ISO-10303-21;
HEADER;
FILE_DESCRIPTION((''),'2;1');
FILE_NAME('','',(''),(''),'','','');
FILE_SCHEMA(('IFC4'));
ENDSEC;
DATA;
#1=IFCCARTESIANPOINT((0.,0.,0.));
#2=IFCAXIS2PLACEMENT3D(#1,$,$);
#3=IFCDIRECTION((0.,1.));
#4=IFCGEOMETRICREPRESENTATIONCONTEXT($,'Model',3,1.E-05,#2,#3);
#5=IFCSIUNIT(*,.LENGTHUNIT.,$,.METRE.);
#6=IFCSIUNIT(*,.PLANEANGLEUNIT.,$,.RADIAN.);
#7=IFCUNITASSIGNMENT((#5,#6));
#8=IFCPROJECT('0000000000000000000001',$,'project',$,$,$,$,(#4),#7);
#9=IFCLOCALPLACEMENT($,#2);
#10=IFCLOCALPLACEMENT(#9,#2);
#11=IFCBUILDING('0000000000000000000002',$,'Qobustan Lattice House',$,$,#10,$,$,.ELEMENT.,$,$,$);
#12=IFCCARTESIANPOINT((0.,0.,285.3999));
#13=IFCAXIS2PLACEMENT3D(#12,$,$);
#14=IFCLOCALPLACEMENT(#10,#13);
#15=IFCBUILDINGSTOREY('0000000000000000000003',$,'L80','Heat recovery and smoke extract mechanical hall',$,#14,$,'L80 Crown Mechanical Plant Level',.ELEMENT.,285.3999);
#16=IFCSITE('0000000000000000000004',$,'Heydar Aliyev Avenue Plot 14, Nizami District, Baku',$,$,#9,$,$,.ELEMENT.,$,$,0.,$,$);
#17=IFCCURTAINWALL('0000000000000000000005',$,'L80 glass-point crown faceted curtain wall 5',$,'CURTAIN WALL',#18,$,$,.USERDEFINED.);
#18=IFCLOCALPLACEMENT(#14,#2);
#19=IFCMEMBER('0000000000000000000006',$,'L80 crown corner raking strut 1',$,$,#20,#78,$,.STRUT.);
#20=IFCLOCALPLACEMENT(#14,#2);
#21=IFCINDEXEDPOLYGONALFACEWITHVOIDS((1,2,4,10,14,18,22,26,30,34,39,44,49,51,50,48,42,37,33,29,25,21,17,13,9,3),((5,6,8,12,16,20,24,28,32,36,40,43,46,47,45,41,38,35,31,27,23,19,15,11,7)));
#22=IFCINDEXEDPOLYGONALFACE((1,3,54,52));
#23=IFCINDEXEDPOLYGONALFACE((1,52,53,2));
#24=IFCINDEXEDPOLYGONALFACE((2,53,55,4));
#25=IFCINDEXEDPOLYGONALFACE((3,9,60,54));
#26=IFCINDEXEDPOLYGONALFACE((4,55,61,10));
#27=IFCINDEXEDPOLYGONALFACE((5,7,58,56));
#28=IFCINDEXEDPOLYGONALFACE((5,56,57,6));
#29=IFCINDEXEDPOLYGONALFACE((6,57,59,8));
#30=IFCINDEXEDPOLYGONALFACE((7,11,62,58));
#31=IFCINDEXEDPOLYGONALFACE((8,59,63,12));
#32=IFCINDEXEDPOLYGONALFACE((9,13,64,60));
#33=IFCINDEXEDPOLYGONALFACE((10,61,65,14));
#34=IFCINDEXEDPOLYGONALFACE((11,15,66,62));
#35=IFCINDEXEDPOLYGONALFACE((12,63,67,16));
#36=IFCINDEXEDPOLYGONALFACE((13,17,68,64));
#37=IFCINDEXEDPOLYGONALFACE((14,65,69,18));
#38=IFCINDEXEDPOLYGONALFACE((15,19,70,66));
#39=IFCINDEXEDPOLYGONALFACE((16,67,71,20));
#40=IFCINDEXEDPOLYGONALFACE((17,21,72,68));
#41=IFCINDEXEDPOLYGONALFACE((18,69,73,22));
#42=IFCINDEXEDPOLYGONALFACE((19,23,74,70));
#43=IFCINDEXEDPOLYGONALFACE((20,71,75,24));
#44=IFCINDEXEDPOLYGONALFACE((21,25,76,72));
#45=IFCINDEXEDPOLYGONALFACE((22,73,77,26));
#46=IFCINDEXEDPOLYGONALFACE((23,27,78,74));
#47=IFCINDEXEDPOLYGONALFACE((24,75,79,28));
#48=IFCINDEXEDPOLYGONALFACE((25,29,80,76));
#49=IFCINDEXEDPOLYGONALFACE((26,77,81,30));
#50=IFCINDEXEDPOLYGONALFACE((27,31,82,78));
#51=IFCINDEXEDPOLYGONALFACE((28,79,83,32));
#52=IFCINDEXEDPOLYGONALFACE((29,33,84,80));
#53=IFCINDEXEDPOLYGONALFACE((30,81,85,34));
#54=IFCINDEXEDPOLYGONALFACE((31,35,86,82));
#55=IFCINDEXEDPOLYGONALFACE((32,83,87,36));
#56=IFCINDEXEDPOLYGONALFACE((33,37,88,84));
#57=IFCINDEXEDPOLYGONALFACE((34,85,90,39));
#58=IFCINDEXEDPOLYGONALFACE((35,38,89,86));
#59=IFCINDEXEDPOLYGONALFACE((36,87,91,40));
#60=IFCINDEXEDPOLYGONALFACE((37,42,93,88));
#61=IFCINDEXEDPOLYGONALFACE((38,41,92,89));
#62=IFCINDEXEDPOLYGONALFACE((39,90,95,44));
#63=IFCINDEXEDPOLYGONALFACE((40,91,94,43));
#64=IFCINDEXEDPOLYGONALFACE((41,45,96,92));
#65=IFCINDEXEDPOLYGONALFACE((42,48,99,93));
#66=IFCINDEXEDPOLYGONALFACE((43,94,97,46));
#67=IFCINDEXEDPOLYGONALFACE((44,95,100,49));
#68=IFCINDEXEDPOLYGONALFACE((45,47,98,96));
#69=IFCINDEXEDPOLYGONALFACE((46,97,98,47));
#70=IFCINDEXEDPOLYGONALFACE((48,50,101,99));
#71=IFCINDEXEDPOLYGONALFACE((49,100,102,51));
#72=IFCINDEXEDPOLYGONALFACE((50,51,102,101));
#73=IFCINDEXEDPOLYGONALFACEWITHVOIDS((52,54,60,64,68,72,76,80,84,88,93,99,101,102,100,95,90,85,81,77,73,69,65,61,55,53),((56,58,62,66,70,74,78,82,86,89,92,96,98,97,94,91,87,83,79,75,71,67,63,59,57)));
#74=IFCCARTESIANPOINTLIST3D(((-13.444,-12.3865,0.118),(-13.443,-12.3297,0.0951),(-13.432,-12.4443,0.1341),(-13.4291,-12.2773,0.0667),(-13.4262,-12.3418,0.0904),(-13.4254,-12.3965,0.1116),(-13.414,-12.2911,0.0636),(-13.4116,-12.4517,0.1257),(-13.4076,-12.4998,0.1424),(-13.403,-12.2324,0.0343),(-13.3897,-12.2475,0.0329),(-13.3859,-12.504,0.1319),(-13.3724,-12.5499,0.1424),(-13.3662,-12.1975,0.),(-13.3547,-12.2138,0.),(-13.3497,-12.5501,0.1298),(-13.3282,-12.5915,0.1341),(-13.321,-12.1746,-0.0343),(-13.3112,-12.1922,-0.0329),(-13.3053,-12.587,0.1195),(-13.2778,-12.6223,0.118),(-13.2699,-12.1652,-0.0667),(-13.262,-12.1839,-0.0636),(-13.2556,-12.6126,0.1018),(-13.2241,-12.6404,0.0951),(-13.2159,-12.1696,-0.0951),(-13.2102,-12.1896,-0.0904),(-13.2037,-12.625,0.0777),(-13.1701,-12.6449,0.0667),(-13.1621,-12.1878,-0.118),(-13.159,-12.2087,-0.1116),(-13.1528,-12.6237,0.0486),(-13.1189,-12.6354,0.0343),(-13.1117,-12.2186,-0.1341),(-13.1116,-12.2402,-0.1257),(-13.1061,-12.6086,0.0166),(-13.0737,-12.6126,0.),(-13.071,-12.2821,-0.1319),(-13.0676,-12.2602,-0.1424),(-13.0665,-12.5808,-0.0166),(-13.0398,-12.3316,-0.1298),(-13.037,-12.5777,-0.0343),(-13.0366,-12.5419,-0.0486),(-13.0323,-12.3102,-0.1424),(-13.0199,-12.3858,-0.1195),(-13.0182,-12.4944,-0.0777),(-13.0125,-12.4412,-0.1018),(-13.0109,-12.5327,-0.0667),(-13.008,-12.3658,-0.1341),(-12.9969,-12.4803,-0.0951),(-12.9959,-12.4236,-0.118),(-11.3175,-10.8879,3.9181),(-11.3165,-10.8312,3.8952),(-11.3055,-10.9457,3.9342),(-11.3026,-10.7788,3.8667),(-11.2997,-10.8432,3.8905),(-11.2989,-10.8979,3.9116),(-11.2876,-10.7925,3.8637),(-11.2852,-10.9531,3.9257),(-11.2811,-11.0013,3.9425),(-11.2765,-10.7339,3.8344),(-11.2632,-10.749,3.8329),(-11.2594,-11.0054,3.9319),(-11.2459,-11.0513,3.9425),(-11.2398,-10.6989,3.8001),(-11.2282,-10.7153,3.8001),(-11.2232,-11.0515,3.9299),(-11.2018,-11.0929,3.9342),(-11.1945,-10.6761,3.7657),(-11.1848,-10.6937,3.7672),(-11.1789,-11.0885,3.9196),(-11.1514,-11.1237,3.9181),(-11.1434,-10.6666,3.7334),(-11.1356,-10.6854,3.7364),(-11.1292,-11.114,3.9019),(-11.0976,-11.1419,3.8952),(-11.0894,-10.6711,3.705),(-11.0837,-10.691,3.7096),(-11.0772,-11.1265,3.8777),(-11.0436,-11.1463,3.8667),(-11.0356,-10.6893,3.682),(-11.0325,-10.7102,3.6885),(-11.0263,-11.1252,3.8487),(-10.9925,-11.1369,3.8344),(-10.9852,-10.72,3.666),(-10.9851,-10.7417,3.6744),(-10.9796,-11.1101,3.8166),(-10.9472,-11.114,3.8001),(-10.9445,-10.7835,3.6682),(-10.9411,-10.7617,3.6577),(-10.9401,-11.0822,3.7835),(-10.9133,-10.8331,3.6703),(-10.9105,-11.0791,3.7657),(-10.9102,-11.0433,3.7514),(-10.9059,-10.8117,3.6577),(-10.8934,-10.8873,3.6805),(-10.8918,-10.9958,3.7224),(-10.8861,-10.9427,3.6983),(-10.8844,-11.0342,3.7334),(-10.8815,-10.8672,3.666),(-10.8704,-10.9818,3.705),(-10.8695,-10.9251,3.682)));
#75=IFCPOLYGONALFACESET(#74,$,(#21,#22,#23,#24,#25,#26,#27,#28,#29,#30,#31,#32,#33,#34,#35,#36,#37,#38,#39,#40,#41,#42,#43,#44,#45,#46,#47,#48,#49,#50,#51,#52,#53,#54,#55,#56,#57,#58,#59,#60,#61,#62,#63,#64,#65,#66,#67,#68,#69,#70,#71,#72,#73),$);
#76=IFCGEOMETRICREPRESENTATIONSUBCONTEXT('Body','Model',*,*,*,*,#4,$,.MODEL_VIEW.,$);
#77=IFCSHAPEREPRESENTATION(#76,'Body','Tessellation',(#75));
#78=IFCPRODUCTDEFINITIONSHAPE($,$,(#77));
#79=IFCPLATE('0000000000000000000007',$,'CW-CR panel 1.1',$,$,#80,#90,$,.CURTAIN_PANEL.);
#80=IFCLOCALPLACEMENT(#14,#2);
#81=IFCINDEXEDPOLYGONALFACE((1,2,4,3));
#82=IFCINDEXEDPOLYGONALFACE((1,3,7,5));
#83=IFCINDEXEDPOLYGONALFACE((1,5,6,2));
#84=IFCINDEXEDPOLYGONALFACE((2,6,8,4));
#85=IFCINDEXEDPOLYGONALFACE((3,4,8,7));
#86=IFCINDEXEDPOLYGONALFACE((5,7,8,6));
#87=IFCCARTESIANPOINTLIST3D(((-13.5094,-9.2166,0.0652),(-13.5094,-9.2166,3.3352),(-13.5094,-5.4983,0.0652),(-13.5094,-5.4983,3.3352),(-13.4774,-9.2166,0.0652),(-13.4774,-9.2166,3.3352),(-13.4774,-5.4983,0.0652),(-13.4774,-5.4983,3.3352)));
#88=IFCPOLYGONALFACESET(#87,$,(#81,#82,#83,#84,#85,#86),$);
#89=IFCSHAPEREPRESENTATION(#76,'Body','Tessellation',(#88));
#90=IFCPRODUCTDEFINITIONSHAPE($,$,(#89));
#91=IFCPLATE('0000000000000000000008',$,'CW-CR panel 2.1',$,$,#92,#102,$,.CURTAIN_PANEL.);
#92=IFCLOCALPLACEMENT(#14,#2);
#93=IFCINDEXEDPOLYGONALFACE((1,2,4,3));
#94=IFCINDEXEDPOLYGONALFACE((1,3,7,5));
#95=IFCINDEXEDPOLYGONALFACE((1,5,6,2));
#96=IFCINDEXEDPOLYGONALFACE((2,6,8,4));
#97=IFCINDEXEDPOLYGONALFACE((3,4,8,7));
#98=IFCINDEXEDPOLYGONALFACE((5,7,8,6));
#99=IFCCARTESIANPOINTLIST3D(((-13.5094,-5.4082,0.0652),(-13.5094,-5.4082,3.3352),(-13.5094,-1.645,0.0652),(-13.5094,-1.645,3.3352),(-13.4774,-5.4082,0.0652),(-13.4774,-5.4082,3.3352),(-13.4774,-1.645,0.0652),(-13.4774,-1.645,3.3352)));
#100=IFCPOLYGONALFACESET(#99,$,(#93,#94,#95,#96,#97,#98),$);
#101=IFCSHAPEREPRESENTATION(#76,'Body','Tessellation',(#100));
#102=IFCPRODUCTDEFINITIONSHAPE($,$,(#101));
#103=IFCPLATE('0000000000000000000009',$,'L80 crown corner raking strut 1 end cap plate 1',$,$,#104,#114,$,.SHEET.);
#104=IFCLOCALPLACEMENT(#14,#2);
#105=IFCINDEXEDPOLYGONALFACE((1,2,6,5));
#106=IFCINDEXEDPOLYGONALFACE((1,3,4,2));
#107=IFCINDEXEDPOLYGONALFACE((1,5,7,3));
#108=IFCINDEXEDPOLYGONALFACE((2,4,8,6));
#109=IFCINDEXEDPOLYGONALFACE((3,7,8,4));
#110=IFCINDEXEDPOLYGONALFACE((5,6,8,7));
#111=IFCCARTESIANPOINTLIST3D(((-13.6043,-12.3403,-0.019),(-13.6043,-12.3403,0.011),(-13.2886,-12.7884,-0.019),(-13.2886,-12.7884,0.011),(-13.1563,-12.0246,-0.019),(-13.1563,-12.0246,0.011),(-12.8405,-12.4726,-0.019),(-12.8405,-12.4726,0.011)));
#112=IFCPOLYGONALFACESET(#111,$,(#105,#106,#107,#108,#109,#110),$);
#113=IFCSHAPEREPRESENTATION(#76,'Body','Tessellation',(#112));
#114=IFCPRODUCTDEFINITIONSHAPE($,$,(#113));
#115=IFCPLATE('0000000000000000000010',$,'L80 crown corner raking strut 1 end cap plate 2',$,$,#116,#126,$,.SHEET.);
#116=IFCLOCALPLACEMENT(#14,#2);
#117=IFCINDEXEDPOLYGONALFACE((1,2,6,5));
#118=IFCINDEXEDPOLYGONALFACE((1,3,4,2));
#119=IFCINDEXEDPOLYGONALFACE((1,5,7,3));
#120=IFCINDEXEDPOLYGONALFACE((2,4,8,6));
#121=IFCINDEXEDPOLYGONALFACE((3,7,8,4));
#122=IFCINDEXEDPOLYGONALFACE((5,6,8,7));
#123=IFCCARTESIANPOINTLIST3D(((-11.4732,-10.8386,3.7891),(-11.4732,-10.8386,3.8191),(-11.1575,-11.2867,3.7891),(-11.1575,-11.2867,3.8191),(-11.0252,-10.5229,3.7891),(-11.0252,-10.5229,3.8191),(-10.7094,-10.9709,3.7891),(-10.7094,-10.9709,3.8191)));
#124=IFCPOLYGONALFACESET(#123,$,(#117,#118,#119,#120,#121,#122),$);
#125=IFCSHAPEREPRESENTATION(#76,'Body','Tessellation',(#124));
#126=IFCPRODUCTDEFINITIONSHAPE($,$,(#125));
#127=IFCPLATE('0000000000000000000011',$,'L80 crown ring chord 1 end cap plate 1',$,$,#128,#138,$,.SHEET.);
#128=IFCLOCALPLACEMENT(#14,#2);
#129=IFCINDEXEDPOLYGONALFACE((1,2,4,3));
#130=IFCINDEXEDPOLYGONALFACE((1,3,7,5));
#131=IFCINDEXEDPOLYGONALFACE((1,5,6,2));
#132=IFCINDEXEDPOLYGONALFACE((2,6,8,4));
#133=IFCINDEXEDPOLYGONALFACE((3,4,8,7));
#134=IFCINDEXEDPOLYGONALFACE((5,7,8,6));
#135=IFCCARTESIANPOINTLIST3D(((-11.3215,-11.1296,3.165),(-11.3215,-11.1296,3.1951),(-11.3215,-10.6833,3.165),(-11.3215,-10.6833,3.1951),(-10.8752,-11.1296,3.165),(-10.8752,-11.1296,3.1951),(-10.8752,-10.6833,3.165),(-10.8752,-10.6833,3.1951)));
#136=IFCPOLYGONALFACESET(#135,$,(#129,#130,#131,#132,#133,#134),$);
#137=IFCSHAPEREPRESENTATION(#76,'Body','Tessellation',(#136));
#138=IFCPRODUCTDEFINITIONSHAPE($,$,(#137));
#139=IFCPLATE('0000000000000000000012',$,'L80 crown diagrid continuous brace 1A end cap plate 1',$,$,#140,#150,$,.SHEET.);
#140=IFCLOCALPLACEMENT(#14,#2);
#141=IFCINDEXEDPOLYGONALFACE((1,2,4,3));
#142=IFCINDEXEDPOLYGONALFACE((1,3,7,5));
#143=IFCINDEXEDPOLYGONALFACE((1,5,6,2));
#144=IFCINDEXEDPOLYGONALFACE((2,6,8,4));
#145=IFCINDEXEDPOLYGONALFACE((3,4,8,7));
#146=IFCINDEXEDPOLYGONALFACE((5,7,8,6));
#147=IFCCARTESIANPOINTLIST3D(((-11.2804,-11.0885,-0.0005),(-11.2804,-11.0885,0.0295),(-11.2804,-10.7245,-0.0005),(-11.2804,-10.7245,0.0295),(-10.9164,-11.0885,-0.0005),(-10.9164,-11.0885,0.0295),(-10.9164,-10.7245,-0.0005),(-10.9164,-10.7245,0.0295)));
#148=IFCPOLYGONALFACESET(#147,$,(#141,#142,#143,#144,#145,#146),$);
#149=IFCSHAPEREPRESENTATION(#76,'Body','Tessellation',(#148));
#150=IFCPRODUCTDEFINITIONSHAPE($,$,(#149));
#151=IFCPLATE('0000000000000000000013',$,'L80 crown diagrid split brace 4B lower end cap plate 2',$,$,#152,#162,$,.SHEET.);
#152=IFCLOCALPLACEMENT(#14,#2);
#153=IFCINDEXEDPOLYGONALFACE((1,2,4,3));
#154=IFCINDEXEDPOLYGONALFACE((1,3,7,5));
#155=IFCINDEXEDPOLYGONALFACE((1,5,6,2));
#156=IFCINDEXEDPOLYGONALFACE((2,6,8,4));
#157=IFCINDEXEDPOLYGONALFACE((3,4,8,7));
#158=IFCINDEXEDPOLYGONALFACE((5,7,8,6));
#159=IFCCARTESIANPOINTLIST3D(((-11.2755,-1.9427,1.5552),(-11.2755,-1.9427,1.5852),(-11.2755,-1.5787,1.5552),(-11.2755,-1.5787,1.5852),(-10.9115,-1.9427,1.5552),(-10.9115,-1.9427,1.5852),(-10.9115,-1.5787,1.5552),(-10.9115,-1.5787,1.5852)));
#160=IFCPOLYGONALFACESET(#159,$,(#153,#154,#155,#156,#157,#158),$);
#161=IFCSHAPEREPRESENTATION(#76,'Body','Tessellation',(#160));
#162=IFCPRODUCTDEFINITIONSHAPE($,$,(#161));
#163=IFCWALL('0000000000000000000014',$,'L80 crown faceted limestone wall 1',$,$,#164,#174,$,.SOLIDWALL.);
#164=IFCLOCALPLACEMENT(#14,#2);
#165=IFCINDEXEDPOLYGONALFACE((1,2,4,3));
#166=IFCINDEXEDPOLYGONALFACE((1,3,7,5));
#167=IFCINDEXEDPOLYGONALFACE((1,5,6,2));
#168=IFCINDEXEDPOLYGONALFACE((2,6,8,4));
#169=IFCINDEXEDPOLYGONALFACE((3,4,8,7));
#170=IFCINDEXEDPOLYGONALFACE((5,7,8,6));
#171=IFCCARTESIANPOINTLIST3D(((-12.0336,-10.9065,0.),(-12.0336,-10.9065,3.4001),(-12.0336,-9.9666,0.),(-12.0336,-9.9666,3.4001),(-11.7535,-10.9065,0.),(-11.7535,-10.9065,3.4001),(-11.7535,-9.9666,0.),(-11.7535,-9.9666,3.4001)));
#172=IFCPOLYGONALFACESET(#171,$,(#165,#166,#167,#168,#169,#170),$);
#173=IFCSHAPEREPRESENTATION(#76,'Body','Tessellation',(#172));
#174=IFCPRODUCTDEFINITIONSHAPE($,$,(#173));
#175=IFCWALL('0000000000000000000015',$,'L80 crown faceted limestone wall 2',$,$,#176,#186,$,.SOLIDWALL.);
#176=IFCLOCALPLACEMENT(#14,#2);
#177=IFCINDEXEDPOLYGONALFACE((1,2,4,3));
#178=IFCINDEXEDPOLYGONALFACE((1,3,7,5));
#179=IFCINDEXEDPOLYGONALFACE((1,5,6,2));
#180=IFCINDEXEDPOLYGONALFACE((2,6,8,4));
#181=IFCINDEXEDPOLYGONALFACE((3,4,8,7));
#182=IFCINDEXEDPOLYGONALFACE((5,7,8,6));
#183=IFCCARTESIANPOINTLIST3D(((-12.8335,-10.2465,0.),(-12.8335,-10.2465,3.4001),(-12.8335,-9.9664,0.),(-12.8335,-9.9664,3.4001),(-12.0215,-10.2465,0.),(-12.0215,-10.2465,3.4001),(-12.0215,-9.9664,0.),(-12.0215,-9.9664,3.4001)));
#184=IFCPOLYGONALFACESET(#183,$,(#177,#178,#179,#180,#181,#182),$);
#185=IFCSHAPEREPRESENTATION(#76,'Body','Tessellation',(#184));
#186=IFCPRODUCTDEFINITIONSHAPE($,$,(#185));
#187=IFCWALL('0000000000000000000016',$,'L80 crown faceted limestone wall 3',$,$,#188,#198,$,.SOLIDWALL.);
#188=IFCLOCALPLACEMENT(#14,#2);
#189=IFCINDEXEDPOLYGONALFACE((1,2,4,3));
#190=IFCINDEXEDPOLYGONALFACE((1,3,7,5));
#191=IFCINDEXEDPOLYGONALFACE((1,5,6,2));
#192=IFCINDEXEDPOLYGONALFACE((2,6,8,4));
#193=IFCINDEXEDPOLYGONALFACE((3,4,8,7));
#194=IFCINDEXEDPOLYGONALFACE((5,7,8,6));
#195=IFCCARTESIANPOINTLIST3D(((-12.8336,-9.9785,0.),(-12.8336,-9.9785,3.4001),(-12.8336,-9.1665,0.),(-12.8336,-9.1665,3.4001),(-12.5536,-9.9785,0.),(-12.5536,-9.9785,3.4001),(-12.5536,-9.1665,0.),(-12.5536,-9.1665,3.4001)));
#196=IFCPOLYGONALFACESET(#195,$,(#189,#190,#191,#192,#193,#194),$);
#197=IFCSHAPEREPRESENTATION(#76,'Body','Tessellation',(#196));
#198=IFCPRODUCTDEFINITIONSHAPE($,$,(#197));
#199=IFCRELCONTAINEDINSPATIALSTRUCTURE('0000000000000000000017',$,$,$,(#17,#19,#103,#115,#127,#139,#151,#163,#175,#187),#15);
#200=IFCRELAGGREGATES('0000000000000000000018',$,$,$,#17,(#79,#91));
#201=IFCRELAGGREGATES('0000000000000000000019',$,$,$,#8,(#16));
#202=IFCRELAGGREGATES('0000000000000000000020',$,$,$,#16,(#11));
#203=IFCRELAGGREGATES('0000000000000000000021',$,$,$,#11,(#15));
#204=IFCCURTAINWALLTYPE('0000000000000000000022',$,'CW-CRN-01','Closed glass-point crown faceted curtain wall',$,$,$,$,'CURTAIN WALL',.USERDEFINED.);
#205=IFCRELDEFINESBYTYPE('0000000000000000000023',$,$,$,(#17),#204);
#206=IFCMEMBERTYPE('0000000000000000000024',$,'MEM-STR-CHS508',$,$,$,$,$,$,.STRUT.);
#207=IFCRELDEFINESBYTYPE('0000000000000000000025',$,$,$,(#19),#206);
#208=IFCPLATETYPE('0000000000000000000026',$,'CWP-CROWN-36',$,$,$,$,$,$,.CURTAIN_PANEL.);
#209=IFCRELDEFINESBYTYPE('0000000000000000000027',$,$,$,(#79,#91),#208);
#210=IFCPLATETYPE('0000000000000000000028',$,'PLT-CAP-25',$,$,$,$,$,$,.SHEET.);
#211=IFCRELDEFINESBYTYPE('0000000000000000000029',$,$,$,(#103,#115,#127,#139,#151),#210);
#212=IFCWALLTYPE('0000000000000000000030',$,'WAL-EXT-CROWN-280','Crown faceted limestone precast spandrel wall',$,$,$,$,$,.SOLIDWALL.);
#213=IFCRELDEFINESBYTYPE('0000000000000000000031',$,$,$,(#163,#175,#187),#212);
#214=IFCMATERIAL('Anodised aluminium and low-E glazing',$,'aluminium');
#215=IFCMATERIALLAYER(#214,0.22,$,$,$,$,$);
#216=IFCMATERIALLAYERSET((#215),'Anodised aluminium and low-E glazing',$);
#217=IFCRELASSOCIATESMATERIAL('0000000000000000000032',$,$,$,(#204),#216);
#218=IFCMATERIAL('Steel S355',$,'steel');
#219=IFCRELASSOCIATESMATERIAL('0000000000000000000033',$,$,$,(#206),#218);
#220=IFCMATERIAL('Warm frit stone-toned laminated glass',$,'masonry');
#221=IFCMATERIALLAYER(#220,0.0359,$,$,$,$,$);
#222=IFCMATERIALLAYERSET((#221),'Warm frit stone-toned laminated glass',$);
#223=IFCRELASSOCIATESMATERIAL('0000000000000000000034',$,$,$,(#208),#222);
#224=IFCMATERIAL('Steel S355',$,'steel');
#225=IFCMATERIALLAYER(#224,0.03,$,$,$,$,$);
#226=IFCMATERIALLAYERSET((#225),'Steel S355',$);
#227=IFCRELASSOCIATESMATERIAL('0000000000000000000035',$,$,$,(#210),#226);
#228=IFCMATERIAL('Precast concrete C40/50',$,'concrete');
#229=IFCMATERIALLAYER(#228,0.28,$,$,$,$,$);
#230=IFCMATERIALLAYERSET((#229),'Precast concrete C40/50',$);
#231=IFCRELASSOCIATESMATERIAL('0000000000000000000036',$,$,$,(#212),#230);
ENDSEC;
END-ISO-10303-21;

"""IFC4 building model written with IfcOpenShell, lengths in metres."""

from ifc_helpers import new_model, si_unit, direction, frame, frame_2d, origin, origin_2d, place, context, subcontext, project, spatial, rectangle, hollow_circle, extrude, material, layer, layer_set, material_profile, profile_set, type_object, element, aggregate, save


model = new_model("IFC4")

# Units and contexts
model_context = context("Model", 3, precision=1e-05, world=origin(), true_north=direction((0.0, 1.0)))
body_context = subcontext(model_context, "Body", "Model", "MODEL_VIEW")
ifc_project = project(units=[si_unit("LENGTHUNIT", "METRE"), si_unit("PLANEANGLEUNIT", "RADIAN")], contexts=[model_context])

# Site, building, storey
site_placement = place(None, origin())
site = spatial("IfcSite", under=ifc_project, at=site_placement, Name="Heydar Aliyev Avenue Plot 14, Nizami District, Baku", CompositionType="ELEMENT", RefElevation=0.0)
building_placement = place(site_placement, origin())
building = spatial("IfcBuilding", under=site, at=building_placement, Name="Qobustan Lattice House", CompositionType="ELEMENT")
storey_placement = place(building_placement, frame((0.0, 0.0, 285.3999)))
storey = spatial("IfcBuildingStorey", under=building, at=storey_placement, Name="L80", Description="Heat recovery and smoke extract mechanical hall", LongName="L80 Crown Mechanical Plant Level", CompositionType="ELEMENT", Elevation=285.3999)

# Curtain wall
ifc_material_1 = material(Name="Anodised aluminium and low-E glazing", Category="aluminium")
ifc_layer_1 = layer(ifc_material_1, 0.22)
ifc_layer_set_1 = layer_set([ifc_layer_1], Name="Anodised aluminium and low-E glazing")
curtain_wall_type = type_object("IfcCurtainWallType", Name="CW-CRN-01", Description="Closed glass-point crown faceted curtain wall", ElementType="CURTAIN WALL", PredefinedType="USERDEFINED", material=ifc_layer_set_1)
curtain_wall_1_placement = place(storey_placement, origin())
curtain_wall_1 = element("IfcCurtainWall", 1, at=curtain_wall_1_placement, inside=storey, type_object=curtain_wall_type, Name="L80 glass-point crown faceted curtain wall 5", ObjectType="CURTAIN WALL", PredefinedType="USERDEFINED")

# Member
ifc_material_2 = material(Name="Steel S355", Category="steel")
ifc_material_profile_1 = material_profile(ifc_material_2, hollow_circle(Radius=0.2539, WallThickness=0.02, at=origin_2d()), Name="CHS508x20")
ifc_profile_set_1 = profile_set([ifc_material_profile_1], Name="Steel S355")
member_type_1 = type_object("IfcMemberType", Name="MEM-STR-CHS508", PredefinedType="STRUT", material=ifc_profile_set_1)
member_1_placement = place(storey_placement, frame((-13.22, -12.405, 0.0), z_axis=(0.461753, 0.325401, 0.825165), x_axis=(-0.576042, 0.81742, 0.0)))
element("IfcMember", 2, at=member_1_placement, inside=storey, type_object=member_type_1, Name="L80 crown corner raking strut 1", PredefinedType="STRUT", context=body_context, shape_type="SweptSolid", body=[
    extrude(hollow_circle(Radius=0.2539, WallThickness=0.02, at=origin_2d()), origin(), (0.0, 0.0, 1.0), 4.6052),
])

# Plates
ifc_material_3 = material(Name="Warm frit stone-toned laminated glass", Category="masonry")
ifc_layer_2 = layer(ifc_material_3, 0.0359)
ifc_layer_set_2 = layer_set([ifc_layer_2], Name="Warm frit stone-toned laminated glass")
plate_type_1 = type_object("IfcPlateType", Name="CWP-CROWN-36", PredefinedType="CURTAIN_PANEL", material=ifc_layer_set_2)
plate_1_placement = place(storey_placement, frame((-13.4934, -7.3574, 0.0652), z_axis=(0.0, 0.0, 1.0), x_axis=(0.0, 1.0, 0.0)))
plate_1 = element("IfcPlate", 3, at=plate_1_placement, type_object=plate_type_1, Name="CW-CR panel 1.1", PredefinedType="CURTAIN_PANEL", context=body_context, shape_type="SweptSolid", body=[
    extrude(rectangle(XDim=3.7183, YDim=0.032, at=origin_2d()), origin(), (0.0, 0.0, 1.0), 3.27),
])
plate_2_placement = place(storey_placement, frame((-13.4934, -3.5266, 0.0652), z_axis=(0.0, 0.0, 1.0), x_axis=(0.0, 1.0, 0.0)))
plate_2 = element("IfcPlate", 4, at=plate_2_placement, type_object=plate_type_1, Name="CW-CR panel 2.1", PredefinedType="CURTAIN_PANEL", context=body_context, shape_type="SweptSolid", body=[
    extrude(rectangle(XDim=3.7632, YDim=0.032, at=origin_2d()), origin(), (0.0, 0.0, 1.0), 3.27),
])
aggregate(curtain_wall_1, [plate_1, plate_2])

# Plates
ifc_material_4 = material(Name="Steel S355", Category="steel")
ifc_layer_3 = layer(ifc_material_4, 0.03)
ifc_layer_set_3 = layer_set([ifc_layer_3], Name="Steel S355")
plate_type_2 = type_object("IfcPlateType", Name="PLT-CAP-25", PredefinedType="SHEET", material=ifc_layer_set_3)
for number, where, z_axis, x_axis, name in (
    (5, (-13.2224, -12.4065, -0.019), (0.0, 0.0, 1.0), (0.817426, 0.576033, 0.0), "L80 crown corner raking strut 1 end cap plate 1"),
    (6, (-11.0913, -10.9048, 3.7891), (0.0, 0.0, 1.0), (0.817426, 0.576033, 0.0), "L80 crown corner raking strut 1 end cap plate 2"),
):
    element("IfcPlate", number, at=place(storey_placement, frame(where, z_axis=z_axis, x_axis=x_axis)), inside=storey, type_object=plate_type_2, Name=name, PredefinedType="SHEET", context=body_context, shape_type="SweptSolid", body=[
        extrude(rectangle(XDim=0.5481, YDim=0.5481, at=origin_2d()), origin(), (0.0, 0.0, 1.0), 0.03),
    ])
plate_3_placement = place(storey_placement, frame((-11.0984, -10.9065, 3.165), z_axis=(0.0, 0.0, 1.0), x_axis=(1.0, 0.0, 0.0)))
element("IfcPlate", 7, at=plate_3_placement, inside=storey, type_object=plate_type_2, Name="L80 crown ring chord 1 end cap plate 1", PredefinedType="SHEET", context=body_context, shape_type="SweptSolid", body=[
    extrude(rectangle(XDim=0.4463, YDim=0.4463, at=origin_2d()), origin(), (0.0, 0.0, 1.0), 0.03),
])
for number, where, z_axis, x_axis, name in (
    (8, (-11.0984, -10.9065, -0.0005), (0.0, 0.0, 1.0), (1.0, 0.0, 0.0), "L80 crown diagrid continuous brace 1A end cap plate 1"),
    (9, (-11.0935, -1.7607, 1.5552), (0.0, 0.0, 1.0), (0.0, 1.0, 0.0), "L80 crown diagrid split brace 4B lower end cap plate 2"),
):
    element("IfcPlate", number, at=place(storey_placement, frame(where, z_axis=z_axis, x_axis=x_axis)), inside=storey, type_object=plate_type_2, Name=name, PredefinedType="SHEET", context=body_context, shape_type="SweptSolid", body=[
        extrude(rectangle(XDim=0.364, YDim=0.364, at=origin_2d()), origin(), (0.0, 0.0, 1.0), 0.03),
    ])

# Walls
ifc_material_5 = material(Name="Precast concrete C40/50", Category="concrete")
ifc_layer_4 = layer(ifc_material_5, 0.28)
ifc_layer_set_4 = layer_set([ifc_layer_4], Name="Precast concrete C40/50")
wall_type = type_object("IfcWallType", Name="WAL-EXT-CROWN-280", Description="Crown faceted limestone precast spandrel wall", PredefinedType="SOLIDWALL", material=ifc_layer_set_4)
wall_1_placement = place(storey_placement, frame((-11.8936, -10.9065, 0.0), z_axis=(0.0, 0.0, 1.0), x_axis=(0.0, 1.0, 0.0)))
element("IfcWall", 10, at=wall_1_placement, inside=storey, type_object=wall_type, Name="L80 crown faceted limestone wall 1", PredefinedType="SOLIDWALL", context=body_context, shape_type="SweptSolid", body=[
    extrude(rectangle(XDim=0.9399, YDim=0.28, at=frame_2d((0.47, 0.0))), origin(), (0.0, 0.0, 1.0), 3.4001),
])
for number, where, z_axis, x_axis, name in (
    (11, (-12.0215, -10.1064, 0.0), (0.0, 0.0, 1.0), (-1.0, 0.0, 0.0), "L80 crown faceted limestone wall 2"),
    (12, (-12.6936, -9.9785, 0.0), (0.0, 0.0, 1.0), (0.0, 1.0, 0.0), "L80 crown faceted limestone wall 3"),
):
    element("IfcWall", number, at=place(storey_placement, frame(where, z_axis=z_axis, x_axis=x_axis)), inside=storey, type_object=wall_type, Name=name, PredefinedType="SOLIDWALL", context=body_context, shape_type="SweptSolid", body=[
        extrude(rectangle(XDim=0.812, YDim=0.28, at=frame_2d((0.406, 0.0))), origin(), (0.0, 0.0, 1.0), 3.4001),
    ])

save(model, "model.ifc")
